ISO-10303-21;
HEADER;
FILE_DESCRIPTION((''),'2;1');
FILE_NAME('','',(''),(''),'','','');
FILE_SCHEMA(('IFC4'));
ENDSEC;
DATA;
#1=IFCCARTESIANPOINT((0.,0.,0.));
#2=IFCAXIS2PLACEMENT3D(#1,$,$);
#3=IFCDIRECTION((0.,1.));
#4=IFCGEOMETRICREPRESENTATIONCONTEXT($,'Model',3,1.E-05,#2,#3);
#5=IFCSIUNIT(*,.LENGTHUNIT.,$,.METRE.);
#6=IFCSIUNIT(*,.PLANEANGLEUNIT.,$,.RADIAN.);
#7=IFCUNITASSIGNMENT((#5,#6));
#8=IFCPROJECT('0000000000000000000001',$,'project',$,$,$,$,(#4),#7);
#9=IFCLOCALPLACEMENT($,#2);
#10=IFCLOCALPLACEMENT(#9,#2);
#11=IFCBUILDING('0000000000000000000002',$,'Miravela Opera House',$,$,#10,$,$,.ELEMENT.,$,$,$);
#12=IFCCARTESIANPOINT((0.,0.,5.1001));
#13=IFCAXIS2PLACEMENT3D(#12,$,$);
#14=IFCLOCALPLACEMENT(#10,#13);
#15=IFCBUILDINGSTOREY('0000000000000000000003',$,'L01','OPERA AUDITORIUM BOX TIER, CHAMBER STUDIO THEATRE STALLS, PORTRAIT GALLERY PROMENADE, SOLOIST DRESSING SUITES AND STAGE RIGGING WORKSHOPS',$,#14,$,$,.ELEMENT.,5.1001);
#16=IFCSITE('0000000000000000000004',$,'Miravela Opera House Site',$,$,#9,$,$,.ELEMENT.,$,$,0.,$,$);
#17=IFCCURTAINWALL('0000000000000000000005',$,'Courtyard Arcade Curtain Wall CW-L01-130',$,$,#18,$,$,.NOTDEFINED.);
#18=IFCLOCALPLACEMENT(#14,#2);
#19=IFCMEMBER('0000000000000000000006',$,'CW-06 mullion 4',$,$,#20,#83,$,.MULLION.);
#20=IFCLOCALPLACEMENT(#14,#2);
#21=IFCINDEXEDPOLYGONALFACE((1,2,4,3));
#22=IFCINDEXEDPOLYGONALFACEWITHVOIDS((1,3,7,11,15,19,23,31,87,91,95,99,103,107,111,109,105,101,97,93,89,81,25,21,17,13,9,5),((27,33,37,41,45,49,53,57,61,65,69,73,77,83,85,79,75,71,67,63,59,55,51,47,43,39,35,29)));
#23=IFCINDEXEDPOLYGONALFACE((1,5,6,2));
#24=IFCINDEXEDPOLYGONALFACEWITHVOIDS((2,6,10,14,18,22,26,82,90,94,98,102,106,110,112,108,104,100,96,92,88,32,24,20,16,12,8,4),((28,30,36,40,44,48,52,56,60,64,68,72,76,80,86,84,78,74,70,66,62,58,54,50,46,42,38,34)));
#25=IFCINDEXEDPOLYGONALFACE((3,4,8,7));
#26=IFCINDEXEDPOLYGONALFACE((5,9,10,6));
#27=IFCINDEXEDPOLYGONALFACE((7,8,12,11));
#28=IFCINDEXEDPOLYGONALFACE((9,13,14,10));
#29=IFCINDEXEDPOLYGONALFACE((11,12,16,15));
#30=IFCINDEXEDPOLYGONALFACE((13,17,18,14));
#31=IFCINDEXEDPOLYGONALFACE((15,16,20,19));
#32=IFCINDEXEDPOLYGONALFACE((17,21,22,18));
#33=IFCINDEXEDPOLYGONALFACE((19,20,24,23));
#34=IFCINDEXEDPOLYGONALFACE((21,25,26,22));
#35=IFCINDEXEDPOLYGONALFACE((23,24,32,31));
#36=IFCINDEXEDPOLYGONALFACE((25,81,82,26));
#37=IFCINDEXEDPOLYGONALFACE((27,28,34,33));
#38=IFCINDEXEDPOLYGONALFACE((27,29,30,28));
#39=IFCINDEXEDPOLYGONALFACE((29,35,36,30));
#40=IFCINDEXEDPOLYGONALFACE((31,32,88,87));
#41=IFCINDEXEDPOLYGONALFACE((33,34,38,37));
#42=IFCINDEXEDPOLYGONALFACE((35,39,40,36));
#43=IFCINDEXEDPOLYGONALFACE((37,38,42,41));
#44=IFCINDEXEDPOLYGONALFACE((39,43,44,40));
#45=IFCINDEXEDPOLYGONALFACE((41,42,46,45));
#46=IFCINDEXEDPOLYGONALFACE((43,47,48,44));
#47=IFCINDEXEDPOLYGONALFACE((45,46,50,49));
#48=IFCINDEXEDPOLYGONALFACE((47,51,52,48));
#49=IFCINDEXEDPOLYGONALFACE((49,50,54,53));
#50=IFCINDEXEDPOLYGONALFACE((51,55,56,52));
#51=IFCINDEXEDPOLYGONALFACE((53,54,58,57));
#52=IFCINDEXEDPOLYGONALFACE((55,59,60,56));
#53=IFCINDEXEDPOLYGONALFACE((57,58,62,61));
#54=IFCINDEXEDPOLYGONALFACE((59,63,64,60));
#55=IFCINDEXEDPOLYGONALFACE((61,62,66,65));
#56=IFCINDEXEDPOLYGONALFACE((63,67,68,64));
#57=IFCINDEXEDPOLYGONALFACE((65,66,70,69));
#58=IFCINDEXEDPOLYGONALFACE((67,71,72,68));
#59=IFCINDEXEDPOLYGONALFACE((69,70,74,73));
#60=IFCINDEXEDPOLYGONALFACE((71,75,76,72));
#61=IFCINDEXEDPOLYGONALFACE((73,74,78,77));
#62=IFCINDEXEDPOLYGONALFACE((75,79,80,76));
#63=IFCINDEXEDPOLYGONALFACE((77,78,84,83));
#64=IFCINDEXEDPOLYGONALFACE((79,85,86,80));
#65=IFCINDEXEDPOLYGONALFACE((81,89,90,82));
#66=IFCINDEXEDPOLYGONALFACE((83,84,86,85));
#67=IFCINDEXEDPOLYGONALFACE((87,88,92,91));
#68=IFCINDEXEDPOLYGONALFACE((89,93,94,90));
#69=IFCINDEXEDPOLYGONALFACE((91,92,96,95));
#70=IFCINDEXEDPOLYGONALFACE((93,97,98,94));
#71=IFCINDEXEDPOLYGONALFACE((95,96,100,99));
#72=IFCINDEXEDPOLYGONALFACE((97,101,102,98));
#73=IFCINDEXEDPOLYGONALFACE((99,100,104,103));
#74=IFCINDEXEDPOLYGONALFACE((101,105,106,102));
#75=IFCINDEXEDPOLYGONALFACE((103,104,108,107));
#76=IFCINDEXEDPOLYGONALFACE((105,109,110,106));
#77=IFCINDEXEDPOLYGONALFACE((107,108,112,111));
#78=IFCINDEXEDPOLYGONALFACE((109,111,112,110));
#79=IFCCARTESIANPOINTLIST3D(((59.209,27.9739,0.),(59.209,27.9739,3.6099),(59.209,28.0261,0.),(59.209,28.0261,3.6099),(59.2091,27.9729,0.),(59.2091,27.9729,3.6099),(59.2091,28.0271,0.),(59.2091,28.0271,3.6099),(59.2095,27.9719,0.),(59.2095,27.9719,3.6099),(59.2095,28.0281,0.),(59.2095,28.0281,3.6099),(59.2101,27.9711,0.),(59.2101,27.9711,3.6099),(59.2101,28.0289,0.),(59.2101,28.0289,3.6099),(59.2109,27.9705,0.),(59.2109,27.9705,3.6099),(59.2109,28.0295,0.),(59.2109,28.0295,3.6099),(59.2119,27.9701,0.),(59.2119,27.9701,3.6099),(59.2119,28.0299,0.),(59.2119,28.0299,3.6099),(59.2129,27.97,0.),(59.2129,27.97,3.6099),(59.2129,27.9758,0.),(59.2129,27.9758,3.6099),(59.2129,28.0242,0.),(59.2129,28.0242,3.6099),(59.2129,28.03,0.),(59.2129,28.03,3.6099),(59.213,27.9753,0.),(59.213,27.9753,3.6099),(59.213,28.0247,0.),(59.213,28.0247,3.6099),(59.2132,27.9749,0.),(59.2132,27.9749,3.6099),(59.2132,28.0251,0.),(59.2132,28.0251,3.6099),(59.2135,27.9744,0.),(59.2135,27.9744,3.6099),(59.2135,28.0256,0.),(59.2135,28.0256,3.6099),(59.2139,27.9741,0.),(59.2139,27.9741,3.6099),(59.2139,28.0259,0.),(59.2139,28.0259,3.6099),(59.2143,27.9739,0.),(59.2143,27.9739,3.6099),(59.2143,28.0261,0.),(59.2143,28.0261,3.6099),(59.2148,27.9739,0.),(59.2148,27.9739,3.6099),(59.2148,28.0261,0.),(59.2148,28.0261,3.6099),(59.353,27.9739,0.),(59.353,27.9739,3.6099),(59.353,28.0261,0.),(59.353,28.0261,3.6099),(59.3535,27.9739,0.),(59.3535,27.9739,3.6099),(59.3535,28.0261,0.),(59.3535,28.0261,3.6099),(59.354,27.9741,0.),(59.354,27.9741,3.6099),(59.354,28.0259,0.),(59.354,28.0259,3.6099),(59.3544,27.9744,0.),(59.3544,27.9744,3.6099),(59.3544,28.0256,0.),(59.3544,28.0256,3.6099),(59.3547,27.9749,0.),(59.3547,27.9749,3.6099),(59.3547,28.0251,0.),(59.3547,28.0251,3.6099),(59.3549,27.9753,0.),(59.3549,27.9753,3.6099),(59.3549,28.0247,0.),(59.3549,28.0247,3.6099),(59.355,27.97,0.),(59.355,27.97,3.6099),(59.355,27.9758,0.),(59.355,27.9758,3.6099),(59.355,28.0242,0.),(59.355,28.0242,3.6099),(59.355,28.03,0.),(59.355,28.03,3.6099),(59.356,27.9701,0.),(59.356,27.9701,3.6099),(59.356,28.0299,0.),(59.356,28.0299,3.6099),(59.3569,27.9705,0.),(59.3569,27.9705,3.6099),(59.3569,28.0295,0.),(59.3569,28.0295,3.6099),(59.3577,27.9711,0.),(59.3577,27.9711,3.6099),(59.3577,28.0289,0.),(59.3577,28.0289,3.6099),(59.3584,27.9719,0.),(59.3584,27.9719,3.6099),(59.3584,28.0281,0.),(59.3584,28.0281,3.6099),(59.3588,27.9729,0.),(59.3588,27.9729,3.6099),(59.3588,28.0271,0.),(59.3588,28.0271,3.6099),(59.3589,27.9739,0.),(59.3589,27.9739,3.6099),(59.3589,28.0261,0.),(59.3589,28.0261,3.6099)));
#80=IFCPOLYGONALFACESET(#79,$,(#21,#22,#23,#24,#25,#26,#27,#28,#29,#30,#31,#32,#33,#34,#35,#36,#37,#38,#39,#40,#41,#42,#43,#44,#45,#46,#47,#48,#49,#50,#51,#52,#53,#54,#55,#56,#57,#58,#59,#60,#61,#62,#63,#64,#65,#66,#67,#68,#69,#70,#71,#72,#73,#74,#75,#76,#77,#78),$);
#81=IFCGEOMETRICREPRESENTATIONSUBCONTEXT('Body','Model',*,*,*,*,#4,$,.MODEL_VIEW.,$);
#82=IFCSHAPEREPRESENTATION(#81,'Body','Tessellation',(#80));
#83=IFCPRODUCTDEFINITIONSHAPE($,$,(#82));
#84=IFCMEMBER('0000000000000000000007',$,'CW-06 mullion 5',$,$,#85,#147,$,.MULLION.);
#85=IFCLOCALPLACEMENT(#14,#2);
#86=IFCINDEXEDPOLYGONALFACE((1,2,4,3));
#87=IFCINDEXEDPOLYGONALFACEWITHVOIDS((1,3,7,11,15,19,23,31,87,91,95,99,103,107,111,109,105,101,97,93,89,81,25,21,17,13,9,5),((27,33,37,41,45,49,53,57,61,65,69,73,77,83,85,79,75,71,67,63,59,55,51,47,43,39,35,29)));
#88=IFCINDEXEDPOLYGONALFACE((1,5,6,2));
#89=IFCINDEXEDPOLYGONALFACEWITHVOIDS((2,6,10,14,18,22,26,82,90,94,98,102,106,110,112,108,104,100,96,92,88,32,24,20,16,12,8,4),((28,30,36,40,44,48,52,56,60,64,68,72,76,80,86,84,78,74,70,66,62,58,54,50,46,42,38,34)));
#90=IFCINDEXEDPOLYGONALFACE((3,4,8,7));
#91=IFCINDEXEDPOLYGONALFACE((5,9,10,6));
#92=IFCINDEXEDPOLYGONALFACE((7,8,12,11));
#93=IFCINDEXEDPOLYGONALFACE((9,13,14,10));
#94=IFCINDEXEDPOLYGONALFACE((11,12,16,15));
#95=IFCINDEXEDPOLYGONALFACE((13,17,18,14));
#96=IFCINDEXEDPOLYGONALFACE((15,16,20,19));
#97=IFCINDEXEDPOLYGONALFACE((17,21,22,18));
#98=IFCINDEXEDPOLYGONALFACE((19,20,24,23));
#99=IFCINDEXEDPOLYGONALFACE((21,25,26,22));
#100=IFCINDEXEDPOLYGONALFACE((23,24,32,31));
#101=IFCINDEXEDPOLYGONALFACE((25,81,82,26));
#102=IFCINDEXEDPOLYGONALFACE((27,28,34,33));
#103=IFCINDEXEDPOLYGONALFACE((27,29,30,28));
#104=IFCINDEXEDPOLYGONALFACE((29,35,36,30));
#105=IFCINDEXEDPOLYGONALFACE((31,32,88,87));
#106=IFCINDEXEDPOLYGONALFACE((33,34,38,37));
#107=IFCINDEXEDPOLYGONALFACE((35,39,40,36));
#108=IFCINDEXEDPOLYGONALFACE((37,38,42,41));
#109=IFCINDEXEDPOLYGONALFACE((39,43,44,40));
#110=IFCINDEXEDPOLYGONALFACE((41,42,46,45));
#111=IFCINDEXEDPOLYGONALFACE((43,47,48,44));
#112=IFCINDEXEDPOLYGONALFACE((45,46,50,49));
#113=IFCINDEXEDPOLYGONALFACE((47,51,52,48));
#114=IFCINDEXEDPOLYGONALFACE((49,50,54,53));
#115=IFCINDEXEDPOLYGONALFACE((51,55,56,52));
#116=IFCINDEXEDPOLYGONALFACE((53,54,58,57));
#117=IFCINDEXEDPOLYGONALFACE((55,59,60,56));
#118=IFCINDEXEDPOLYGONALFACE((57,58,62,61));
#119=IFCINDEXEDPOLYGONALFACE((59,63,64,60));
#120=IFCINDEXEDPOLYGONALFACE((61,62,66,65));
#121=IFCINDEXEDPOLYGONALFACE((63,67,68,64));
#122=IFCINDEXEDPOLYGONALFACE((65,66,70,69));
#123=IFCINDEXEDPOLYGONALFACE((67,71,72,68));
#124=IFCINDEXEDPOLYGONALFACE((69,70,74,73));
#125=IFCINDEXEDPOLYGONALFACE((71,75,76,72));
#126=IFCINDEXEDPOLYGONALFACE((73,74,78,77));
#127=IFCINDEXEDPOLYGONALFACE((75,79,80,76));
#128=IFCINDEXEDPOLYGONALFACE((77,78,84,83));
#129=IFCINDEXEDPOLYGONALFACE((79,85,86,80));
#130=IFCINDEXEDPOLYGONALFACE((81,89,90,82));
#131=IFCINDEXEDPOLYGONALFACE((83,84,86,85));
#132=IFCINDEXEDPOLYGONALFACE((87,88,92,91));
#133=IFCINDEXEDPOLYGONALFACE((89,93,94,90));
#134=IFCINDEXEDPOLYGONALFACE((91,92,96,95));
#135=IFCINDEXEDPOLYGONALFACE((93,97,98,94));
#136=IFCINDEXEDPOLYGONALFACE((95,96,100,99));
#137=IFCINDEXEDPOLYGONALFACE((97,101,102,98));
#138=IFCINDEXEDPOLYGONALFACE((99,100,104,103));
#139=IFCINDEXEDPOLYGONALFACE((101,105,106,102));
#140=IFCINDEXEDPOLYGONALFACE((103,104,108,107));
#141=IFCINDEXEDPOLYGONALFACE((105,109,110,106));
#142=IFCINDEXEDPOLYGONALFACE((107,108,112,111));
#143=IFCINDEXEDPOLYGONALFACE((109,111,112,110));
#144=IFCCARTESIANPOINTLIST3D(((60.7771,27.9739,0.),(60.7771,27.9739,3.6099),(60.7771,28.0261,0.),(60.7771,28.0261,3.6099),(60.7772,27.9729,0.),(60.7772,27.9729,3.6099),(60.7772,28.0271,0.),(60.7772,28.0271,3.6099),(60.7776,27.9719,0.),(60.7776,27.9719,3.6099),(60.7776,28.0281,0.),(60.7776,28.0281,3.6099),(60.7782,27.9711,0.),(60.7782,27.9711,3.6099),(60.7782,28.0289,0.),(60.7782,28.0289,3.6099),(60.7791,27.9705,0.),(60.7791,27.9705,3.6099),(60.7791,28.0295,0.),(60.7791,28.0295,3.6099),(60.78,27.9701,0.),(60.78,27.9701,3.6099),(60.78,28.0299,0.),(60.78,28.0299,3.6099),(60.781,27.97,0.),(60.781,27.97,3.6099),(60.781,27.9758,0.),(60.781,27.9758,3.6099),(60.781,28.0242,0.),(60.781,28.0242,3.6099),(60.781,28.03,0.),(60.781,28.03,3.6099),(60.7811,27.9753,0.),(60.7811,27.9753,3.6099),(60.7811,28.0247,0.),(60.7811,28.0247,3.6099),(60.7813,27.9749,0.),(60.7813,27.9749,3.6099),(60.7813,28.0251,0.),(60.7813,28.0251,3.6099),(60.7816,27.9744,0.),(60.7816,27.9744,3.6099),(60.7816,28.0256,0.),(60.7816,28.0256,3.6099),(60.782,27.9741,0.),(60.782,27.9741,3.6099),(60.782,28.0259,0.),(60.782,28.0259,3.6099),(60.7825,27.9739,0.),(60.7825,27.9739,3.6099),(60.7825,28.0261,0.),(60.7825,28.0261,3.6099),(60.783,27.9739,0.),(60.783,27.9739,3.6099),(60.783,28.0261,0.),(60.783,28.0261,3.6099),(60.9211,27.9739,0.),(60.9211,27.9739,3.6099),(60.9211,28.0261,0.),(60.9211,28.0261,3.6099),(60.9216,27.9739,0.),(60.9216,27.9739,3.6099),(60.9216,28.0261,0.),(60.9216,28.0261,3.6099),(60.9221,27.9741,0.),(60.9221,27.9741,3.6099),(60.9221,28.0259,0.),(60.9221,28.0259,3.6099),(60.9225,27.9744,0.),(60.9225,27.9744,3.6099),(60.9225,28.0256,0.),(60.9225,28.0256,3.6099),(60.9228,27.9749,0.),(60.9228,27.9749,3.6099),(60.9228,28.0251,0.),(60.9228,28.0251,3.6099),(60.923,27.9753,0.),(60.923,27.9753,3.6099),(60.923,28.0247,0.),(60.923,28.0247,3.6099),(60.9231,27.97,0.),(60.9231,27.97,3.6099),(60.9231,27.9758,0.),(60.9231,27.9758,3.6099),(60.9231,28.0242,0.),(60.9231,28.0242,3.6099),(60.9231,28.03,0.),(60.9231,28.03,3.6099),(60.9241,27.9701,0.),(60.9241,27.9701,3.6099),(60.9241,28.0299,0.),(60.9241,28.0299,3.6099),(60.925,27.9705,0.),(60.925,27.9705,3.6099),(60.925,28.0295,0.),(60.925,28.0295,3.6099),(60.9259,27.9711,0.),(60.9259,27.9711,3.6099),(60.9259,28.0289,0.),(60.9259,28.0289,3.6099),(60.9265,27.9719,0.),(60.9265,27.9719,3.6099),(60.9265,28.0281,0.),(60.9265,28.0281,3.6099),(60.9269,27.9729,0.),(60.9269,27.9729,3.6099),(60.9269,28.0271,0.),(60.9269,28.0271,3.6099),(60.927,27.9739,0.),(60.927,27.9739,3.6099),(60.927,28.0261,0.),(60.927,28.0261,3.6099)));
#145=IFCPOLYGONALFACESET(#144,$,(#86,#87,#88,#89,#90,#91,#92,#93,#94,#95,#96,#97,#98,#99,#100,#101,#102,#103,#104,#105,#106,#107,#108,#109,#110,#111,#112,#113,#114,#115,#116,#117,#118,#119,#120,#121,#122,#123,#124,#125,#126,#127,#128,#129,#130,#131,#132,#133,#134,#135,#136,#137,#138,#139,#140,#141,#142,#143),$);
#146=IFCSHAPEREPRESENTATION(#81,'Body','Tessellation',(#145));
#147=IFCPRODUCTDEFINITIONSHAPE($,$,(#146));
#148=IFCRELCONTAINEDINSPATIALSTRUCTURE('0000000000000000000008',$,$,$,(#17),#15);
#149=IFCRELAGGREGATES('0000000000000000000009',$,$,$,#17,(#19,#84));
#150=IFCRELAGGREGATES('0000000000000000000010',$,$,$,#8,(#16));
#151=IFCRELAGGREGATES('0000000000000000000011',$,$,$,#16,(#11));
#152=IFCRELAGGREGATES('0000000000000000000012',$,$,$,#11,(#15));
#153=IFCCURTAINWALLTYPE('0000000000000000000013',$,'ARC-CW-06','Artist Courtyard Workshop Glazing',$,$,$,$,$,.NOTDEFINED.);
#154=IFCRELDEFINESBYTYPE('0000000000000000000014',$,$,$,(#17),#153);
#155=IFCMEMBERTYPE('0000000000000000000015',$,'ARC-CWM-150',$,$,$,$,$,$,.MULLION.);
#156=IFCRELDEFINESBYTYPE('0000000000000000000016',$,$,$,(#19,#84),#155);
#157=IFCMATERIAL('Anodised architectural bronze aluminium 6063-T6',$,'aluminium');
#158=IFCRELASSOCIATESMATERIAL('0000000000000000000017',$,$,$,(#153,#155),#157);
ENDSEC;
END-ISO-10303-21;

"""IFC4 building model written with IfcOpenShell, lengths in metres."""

from ifc_helpers import new_model, si_unit, direction, frame, origin, origin_2d, place, context, subcontext, project, spatial, hollow_rectangle, extrude, material, material_profile, profile_set, type_object, element, aggregate, save


model = new_model("IFC4")

# Units and contexts
model_context = context("Model", 3, precision=1e-05, world=origin(), true_north=direction((0.0, 1.0)))
body_context = subcontext(model_context, "Body", "Model", "MODEL_VIEW")
ifc_project = project(units=[si_unit("LENGTHUNIT", "METRE"), si_unit("PLANEANGLEUNIT", "RADIAN")], contexts=[model_context])

# Site, building, storey
site_placement = place(None, origin())
site = spatial("IfcSite", under=ifc_project, at=site_placement, Name="Miravela Opera House Site", CompositionType="ELEMENT", RefElevation=0.0)
building_placement = place(site_placement, origin())
building = spatial("IfcBuilding", under=site, at=building_placement, Name="Miravela Opera House", CompositionType="ELEMENT")
storey_placement = place(building_placement, frame((0.0, 0.0, 5.1001)))
storey = spatial("IfcBuildingStorey", under=building, at=storey_placement, Name="L01", Description="OPERA AUDITORIUM BOX TIER, CHAMBER STUDIO THEATRE STALLS, PORTRAIT GALLERY PROMENADE, SOLOIST DRESSING SUITES AND STAGE RIGGING WORKSHOPS", CompositionType="ELEMENT", Elevation=5.1001)

# Curtain wall, members
ifc_material_1 = material(Name="Anodised architectural bronze aluminium 6063-T6", Category="aluminium")
curtain_wall_type = type_object("IfcCurtainWallType", Name="ARC-CW-06", Description="Artist Courtyard Workshop Glazing", PredefinedType="NOTDEFINED", material=ifc_material_1)
curtain_wall_1_placement = place(storey_placement, origin())
curtain_wall_1 = element("IfcCurtainWall", 1, at=curtain_wall_1_placement, inside=storey, type_object=curtain_wall_type, Name="Courtyard Arcade Curtain Wall CW-L01-130", PredefinedType="NOTDEFINED")
ifc_material_profile_1 = material_profile(ifc_material_1, hollow_rectangle(XDim=0.0601, YDim=0.1499, WallThickness=0.0039, InnerFilletRadius=0.002, OuterFilletRadius=0.0039, at=origin_2d()), Name="CWM-60X150")
ifc_profile_set_1 = profile_set([ifc_material_profile_1])
member_type_1 = type_object("IfcMemberType", Name="ARC-CWM-150", PredefinedType="MULLION", material=ifc_profile_set_1)
member_1_placement = place(storey_placement, frame((59.2839, 28.0, 0.0), z_axis=(0.0, 0.0, 1.0), x_axis=(0.0, 1.0, 0.0)))
member_1 = element("IfcMember", 2, at=member_1_placement, type_object=member_type_1, Name="CW-06 mullion 4", PredefinedType="MULLION", context=body_context, shape_type="SweptSolid", body=[
    extrude(hollow_rectangle(XDim=0.0601, YDim=0.1499, WallThickness=0.0039, InnerFilletRadius=0.002, OuterFilletRadius=0.0039, at=origin_2d()), origin(), (0.0, 0.0, 1.0), 3.6099),
])
member_2_placement = place(storey_placement, frame((60.8521, 28.0, 0.0), z_axis=(0.0, 0.0, 1.0), x_axis=(0.0, 1.0, 0.0)))
member_2 = element("IfcMember", 3, at=member_2_placement, type_object=member_type_1, Name="CW-06 mullion 5", PredefinedType="MULLION", context=body_context, shape_type="SweptSolid", body=[
    extrude(hollow_rectangle(XDim=0.0601, YDim=0.1499, WallThickness=0.0039, InnerFilletRadius=0.002, OuterFilletRadius=0.0039, at=origin_2d()), origin(), (0.0, 0.0, 1.0), 3.6099),
])

aggregate(curtain_wall_1, [member_1, member_2])

save(model, "model.ifc")
